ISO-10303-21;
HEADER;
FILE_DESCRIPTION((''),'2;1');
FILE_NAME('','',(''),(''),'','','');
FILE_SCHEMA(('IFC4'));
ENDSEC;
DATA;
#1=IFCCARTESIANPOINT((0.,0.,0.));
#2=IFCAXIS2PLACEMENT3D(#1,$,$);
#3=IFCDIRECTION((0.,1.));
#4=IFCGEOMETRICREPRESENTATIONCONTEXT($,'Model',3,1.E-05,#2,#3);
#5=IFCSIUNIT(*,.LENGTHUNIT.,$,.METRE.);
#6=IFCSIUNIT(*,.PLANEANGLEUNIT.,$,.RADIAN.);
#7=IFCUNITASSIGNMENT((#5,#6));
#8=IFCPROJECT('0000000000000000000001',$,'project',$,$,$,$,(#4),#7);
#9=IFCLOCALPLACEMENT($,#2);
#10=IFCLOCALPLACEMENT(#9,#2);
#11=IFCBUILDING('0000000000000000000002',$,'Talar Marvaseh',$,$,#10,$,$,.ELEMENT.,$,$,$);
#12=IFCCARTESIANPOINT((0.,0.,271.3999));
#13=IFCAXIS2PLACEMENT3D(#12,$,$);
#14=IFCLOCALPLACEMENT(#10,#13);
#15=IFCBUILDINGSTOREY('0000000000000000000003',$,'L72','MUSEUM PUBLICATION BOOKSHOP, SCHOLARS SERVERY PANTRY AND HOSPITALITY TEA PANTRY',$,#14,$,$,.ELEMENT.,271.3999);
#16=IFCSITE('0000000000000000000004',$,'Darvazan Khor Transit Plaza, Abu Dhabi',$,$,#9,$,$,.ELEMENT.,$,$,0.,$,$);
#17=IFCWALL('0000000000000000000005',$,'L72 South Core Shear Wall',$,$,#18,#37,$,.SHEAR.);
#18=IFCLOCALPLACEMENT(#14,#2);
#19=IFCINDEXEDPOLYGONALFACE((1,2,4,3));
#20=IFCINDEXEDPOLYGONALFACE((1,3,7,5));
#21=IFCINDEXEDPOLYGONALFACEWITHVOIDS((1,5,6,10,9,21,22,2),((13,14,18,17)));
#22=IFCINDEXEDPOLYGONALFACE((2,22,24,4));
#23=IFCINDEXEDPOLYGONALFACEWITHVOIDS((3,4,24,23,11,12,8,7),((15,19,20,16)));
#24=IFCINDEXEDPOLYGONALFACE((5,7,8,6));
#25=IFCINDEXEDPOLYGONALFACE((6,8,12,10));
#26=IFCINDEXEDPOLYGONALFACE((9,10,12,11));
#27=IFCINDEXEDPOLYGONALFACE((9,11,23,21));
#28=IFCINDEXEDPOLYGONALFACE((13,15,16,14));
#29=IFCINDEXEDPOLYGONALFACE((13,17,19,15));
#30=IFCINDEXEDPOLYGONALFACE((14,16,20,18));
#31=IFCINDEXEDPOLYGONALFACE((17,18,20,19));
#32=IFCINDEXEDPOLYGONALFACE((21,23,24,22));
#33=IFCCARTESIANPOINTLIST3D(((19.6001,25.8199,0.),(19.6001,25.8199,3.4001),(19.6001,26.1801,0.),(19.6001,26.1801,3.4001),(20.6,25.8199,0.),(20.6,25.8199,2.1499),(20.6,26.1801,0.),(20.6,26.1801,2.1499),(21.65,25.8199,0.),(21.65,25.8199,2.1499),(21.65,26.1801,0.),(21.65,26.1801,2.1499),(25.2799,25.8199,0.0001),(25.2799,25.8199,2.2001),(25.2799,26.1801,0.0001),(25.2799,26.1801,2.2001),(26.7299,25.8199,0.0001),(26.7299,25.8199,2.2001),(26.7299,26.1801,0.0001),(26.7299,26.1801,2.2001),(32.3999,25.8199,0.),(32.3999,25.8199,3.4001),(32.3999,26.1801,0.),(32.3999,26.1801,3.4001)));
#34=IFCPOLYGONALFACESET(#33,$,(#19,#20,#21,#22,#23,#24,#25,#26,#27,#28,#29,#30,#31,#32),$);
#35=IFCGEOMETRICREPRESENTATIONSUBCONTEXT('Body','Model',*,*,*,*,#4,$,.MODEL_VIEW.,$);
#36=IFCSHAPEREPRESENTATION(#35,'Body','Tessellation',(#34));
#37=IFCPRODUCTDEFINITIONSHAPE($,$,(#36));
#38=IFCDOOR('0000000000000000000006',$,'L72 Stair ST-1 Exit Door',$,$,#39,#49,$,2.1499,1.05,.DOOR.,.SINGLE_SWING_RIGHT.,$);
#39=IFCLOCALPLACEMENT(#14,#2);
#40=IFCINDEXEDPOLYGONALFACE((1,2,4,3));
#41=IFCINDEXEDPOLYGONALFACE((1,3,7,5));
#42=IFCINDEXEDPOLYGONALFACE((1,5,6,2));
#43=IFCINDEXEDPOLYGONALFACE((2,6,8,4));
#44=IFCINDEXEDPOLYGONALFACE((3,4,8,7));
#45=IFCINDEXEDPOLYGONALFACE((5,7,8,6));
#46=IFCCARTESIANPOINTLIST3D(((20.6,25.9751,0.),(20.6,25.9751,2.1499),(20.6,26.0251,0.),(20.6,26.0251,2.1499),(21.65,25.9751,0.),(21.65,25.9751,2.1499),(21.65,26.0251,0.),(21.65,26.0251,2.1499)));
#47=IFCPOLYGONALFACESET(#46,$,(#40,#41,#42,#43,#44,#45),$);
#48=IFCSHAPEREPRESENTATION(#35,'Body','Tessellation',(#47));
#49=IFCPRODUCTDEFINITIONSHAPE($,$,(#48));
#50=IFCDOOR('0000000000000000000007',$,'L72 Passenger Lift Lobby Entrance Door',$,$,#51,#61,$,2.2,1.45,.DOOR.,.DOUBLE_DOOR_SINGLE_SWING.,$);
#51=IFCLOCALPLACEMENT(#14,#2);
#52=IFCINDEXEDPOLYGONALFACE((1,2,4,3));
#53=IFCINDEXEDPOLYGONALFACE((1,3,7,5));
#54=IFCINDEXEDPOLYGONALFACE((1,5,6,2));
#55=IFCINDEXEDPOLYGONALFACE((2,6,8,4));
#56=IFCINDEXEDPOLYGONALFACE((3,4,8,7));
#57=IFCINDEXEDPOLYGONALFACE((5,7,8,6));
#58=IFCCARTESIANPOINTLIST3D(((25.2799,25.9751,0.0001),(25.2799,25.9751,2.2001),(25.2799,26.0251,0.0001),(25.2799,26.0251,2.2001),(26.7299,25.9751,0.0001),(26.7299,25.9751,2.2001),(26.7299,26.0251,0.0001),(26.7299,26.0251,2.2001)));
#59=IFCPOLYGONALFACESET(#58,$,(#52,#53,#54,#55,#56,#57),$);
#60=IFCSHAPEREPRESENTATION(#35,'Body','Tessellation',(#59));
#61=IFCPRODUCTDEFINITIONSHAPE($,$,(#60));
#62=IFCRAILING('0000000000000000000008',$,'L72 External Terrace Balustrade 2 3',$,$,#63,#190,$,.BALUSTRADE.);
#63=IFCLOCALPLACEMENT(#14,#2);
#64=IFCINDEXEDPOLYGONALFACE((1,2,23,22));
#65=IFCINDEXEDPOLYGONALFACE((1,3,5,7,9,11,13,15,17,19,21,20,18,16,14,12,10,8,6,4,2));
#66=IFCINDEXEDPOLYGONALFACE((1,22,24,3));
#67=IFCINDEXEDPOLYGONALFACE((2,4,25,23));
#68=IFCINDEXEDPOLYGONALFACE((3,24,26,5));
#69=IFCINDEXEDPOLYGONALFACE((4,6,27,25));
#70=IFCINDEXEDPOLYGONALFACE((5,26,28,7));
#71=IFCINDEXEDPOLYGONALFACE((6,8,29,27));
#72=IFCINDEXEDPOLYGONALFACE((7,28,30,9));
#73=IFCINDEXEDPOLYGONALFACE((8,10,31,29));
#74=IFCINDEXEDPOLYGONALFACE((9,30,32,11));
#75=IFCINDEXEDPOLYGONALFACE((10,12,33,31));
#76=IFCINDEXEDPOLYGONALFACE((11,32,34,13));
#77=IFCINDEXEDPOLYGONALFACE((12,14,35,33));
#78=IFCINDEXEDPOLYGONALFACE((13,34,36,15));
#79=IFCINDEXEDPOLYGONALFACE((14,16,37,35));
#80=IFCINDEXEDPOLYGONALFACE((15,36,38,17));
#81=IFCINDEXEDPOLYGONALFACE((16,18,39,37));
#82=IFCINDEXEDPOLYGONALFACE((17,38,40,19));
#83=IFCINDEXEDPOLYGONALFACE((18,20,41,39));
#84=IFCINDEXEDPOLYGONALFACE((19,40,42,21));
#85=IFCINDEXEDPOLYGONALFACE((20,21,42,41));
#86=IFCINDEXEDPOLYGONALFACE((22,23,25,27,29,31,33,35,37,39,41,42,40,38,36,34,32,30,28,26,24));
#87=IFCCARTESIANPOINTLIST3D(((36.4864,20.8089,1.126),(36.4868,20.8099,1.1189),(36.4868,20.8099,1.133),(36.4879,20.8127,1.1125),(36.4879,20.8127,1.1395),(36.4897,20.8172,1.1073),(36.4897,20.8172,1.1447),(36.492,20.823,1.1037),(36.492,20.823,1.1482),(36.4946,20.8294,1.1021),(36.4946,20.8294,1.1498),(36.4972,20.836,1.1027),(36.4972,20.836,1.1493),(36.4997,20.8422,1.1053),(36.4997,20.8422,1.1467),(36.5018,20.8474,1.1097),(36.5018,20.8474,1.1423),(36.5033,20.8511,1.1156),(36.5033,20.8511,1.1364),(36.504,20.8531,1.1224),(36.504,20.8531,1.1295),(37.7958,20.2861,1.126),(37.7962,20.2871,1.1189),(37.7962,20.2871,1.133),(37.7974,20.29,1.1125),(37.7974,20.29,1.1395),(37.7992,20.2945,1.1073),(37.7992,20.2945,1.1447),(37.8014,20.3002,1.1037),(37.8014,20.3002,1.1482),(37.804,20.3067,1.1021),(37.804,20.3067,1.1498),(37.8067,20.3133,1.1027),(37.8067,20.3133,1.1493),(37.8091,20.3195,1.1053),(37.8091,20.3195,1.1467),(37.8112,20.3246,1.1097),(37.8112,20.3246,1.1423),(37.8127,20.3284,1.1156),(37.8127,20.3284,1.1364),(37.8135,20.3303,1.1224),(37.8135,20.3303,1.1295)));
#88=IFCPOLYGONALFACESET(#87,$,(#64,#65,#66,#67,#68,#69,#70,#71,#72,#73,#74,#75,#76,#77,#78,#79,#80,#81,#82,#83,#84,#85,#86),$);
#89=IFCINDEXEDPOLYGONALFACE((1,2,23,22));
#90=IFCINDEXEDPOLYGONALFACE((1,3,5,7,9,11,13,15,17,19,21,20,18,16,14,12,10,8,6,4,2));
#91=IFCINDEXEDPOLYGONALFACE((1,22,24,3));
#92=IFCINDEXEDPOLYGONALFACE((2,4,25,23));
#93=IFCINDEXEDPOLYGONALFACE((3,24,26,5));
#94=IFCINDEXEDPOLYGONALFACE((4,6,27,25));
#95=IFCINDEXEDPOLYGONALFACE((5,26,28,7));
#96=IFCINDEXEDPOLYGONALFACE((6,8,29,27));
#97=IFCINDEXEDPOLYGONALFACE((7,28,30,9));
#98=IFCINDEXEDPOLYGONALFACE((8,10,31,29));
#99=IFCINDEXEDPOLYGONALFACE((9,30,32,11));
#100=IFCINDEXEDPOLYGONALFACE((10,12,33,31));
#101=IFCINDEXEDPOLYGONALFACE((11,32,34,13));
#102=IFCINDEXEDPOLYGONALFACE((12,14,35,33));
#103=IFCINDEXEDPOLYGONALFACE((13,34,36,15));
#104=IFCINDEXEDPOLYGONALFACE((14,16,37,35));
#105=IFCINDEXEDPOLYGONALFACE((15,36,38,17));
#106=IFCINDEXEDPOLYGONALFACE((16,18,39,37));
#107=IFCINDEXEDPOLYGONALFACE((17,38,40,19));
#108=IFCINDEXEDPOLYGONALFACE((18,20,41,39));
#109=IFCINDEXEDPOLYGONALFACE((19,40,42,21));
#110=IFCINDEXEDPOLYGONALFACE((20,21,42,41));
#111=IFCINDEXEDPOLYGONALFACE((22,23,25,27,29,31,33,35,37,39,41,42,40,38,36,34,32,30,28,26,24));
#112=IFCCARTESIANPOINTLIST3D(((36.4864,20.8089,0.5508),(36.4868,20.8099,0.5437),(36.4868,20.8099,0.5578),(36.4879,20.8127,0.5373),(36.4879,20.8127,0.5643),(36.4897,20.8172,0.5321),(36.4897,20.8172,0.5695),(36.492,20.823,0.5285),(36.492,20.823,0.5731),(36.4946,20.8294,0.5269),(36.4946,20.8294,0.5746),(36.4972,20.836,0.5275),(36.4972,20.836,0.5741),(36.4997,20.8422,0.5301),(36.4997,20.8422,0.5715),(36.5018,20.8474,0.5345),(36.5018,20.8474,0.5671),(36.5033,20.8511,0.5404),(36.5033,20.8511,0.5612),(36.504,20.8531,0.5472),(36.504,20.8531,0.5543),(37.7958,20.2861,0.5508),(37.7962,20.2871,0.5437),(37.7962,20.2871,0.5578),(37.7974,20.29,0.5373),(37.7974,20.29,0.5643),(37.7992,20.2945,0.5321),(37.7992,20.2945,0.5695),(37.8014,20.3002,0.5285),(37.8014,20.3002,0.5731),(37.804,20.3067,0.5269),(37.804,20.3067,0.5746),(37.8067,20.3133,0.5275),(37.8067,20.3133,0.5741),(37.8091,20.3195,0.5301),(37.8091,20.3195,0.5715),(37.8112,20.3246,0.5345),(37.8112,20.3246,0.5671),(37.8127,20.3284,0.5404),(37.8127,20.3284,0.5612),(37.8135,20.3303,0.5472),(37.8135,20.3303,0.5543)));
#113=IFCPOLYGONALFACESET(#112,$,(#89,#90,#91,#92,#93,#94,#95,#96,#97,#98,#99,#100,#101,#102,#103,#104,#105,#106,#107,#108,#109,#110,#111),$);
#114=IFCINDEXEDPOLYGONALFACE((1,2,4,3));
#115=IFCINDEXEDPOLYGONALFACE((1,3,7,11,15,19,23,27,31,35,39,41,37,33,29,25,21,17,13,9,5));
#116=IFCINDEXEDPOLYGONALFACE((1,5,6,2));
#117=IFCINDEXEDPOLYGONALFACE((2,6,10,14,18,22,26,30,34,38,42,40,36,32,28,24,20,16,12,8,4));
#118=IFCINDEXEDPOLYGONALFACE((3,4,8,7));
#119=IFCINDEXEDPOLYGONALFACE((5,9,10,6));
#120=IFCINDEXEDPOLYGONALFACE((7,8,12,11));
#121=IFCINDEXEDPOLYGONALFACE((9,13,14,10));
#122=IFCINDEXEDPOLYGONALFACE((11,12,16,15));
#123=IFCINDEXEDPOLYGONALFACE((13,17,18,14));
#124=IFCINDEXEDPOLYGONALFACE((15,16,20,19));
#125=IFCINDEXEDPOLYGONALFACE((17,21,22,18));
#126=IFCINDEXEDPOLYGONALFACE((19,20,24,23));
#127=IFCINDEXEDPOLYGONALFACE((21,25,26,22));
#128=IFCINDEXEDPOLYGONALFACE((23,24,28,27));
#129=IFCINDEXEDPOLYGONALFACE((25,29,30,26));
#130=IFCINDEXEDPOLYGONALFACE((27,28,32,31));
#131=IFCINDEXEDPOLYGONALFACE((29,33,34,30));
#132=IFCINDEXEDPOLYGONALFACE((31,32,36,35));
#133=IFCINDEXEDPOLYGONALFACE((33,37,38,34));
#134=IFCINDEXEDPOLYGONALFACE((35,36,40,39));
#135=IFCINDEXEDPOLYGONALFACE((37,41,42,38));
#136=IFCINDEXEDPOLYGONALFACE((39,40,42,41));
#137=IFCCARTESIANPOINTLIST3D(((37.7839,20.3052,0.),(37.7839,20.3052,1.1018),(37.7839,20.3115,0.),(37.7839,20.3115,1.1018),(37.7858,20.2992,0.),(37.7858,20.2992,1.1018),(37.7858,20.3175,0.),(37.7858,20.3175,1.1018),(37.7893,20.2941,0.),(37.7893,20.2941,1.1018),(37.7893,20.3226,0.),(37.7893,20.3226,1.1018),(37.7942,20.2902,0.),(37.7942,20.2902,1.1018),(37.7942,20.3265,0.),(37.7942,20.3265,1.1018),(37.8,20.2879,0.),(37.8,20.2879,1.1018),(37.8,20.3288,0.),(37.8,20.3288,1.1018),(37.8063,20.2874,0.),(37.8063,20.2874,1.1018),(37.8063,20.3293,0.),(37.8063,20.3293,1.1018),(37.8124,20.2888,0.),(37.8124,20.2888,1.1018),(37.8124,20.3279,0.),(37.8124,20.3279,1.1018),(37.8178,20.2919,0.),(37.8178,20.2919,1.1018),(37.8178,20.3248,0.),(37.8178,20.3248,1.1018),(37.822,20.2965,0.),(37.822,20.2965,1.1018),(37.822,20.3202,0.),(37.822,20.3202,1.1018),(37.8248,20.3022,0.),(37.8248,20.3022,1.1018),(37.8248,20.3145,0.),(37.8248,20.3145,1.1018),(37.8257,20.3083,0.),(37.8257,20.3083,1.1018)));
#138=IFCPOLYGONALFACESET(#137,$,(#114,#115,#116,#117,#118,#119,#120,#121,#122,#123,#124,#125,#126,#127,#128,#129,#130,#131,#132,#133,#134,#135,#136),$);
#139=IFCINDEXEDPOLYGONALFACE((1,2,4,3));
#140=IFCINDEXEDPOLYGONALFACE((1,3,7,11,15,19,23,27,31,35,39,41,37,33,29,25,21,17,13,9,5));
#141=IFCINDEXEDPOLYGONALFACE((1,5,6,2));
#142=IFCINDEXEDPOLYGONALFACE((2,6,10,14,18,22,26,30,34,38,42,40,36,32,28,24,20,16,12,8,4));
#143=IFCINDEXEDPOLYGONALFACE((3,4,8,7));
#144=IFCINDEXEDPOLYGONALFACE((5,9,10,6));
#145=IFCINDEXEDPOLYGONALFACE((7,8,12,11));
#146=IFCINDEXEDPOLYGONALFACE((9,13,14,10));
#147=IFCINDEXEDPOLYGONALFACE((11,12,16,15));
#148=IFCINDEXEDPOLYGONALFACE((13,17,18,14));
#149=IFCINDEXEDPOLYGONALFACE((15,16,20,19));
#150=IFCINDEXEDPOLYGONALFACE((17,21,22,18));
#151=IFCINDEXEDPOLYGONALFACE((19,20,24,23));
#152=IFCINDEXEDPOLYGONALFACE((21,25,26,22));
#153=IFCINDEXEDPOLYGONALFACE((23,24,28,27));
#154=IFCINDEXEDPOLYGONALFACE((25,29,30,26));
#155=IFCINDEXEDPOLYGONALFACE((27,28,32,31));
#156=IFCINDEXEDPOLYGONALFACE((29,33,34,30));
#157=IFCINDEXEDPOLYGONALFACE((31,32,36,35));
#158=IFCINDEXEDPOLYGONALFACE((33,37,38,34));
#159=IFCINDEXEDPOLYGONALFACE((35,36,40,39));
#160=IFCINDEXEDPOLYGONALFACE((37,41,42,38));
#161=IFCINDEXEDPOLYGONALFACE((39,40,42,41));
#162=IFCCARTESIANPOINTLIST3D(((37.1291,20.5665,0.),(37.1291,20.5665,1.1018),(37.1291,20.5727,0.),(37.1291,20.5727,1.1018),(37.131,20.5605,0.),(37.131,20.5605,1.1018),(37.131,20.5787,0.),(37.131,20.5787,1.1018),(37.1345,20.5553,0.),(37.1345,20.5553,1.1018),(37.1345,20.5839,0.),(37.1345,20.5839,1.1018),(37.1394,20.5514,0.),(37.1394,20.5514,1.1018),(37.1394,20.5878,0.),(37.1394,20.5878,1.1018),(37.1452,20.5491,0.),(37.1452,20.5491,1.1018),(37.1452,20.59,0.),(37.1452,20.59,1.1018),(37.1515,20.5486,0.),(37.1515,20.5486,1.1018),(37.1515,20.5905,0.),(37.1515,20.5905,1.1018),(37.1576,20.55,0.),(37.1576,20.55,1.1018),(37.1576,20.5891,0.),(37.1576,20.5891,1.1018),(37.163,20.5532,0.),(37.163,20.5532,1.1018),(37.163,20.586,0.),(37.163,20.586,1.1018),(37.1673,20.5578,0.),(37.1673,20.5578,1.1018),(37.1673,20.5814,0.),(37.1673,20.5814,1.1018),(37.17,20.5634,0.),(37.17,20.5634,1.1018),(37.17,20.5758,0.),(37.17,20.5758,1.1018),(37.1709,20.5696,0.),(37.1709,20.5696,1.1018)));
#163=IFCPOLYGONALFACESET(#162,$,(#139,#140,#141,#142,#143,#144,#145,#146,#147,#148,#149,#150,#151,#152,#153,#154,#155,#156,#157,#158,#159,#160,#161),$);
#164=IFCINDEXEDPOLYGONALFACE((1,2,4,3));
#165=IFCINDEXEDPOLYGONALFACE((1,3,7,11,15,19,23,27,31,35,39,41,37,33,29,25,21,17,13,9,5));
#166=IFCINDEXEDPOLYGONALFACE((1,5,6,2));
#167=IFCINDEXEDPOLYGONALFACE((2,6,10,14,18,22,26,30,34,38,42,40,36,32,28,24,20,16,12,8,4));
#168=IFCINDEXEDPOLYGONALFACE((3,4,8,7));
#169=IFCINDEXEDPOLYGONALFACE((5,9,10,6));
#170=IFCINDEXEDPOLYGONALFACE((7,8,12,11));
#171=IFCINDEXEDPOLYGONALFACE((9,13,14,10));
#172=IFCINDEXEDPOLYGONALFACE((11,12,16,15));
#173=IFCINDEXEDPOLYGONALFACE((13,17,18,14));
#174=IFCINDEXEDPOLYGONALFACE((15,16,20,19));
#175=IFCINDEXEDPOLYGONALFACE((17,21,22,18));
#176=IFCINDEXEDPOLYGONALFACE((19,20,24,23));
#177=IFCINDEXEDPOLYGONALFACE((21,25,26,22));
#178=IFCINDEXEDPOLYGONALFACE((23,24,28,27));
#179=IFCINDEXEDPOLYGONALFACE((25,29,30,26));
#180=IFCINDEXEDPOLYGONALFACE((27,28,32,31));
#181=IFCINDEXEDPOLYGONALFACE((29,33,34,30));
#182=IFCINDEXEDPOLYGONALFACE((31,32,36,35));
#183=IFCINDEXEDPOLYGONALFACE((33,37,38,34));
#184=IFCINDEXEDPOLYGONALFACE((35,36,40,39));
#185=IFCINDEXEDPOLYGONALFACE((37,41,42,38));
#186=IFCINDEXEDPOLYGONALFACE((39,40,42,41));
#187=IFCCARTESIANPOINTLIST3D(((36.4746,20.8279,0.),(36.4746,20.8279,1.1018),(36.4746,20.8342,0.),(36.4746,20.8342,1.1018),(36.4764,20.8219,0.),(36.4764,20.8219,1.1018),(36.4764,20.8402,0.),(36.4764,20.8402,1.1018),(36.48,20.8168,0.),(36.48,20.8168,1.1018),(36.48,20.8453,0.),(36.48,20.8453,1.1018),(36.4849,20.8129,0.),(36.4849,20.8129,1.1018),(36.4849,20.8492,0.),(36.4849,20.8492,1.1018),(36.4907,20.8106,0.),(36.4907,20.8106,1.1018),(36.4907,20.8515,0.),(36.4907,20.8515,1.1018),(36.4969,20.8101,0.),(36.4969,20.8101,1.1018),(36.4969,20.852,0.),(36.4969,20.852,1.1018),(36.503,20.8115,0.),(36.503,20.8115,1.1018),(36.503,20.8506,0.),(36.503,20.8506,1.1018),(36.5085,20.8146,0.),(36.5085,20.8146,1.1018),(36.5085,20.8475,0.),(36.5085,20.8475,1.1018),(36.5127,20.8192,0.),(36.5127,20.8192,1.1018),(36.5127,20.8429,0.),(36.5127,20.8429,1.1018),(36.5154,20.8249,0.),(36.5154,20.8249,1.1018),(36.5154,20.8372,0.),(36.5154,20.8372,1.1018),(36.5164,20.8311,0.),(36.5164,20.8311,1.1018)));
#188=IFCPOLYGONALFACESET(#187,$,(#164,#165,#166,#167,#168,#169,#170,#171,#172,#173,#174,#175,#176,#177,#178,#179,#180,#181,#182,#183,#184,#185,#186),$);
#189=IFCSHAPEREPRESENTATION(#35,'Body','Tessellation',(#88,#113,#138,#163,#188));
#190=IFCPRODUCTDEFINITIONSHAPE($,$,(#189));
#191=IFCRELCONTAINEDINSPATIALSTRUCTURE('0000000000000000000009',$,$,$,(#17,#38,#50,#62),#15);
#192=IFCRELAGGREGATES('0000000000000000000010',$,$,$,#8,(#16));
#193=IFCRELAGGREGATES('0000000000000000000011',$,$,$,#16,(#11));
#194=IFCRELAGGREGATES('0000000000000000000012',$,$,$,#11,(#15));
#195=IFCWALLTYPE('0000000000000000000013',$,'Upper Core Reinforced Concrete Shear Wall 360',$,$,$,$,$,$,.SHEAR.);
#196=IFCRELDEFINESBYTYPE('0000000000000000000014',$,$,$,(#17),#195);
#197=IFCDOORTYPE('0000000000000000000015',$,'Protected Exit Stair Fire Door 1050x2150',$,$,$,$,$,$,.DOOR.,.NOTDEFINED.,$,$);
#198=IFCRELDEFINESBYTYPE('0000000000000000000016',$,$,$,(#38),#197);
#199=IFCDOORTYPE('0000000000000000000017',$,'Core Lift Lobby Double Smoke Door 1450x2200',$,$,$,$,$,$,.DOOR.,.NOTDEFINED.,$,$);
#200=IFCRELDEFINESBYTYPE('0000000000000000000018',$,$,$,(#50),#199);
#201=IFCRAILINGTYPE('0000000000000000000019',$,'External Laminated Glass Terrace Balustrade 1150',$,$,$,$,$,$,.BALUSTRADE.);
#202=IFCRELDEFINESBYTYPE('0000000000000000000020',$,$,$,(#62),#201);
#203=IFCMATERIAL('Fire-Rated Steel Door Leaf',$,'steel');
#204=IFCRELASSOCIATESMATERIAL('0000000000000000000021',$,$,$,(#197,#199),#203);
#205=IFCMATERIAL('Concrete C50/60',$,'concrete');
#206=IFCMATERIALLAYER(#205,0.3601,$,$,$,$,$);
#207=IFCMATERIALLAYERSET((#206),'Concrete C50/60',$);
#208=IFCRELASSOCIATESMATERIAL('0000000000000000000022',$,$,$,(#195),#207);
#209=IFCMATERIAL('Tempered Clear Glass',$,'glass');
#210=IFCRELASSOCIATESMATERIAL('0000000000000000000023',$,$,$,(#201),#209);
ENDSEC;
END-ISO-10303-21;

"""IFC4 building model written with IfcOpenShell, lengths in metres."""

from ifc_helpers import new_model, si_unit, direction, frame, frame_2d, origin, origin_2d, place, context, subcontext, project, spatial, rectangle, circle, extrude, source, transform, mapped, material, layer, layer_set, type_object, type_shapes, element, fill, save


model = new_model("IFC4")

# Units and contexts
model_context = context("Model", 3, precision=1e-05, world=origin(), true_north=direction((0.0, 1.0)))
body_context = subcontext(model_context, "Body", "Model", "MODEL_VIEW")
ifc_project = project(units=[si_unit("LENGTHUNIT", "METRE"), si_unit("PLANEANGLEUNIT", "RADIAN")], contexts=[model_context])

# Site, building, storey
site_placement = place(None, origin())
site = spatial("IfcSite", under=ifc_project, at=site_placement, Name="Darvazan Khor Transit Plaza, Abu Dhabi", CompositionType="ELEMENT", RefElevation=0.0)
building_placement = place(site_placement, origin())
building = spatial("IfcBuilding", under=site, at=building_placement, Name="Talar Marvaseh", CompositionType="ELEMENT")
storey_placement = place(building_placement, frame((0.0, 0.0, 271.3999)))
storey = spatial("IfcBuildingStorey", under=building, at=storey_placement, Name="L72", Description="MUSEUM PUBLICATION BOOKSHOP, SCHOLARS SERVERY PANTRY AND HOSPITALITY TEA PANTRY", CompositionType="ELEMENT", Elevation=271.3999)

# Shared definitions
ifc_material_1 = material(Name="Concrete C50/60", Category="concrete")

# Shared definitions
ifc_material_2 = material(Name="Fire-Rated Steel Door Leaf", Category="steel")
door_type_1 = type_object("IfcDoorType", Name="Protected Exit Stair Fire Door 1050x2150", OperationType="NOTDEFINED", PredefinedType="DOOR", material=ifc_material_2)
shared_shape_1 = source(origin(), body_context, "Body", "SweptSolid", [
    extrude(rectangle(XDim=1.05, YDim=2.1499, at=frame_2d((0.5249, 1.075))), frame((0.0, 0.0249, 0.0), z_axis=(0.0, -1.0, 0.0), x_axis=(1.0, 0.0, 0.0)), (0.0, 0.0, 1.0), 0.05),
])
type_shapes(door_type_1, [shared_shape_1])

# Wall, openings, doors
ifc_layer_1 = layer(ifc_material_1, 0.3601)
ifc_layer_set_1 = layer_set([ifc_layer_1], Name="Concrete C50/60")
wall_type_1 = type_object("IfcWallType", Name="Upper Core Reinforced Concrete Shear Wall 360", PredefinedType="SHEAR", material=ifc_layer_set_1)
wall_1_placement = place(storey_placement, frame((32.3999, 26.0, 0.0), z_axis=(0.0, 0.0, 1.0), x_axis=(-1.0, 0.0, 0.0)))
wall_1 = element("IfcWall", 1, at=wall_1_placement, inside=storey, type_object=wall_type_1, Name="L72 South Core Shear Wall", PredefinedType="SHEAR", context=body_context, shape_type="SweptSolid", body=[
    extrude(rectangle(XDim=12.7998, YDim=0.3601, at=frame_2d((6.3999, 0.0))), origin(), (0.0, 0.0, 1.0), 3.4001),
])
opening_1_placement = place(wall_1_placement, frame((10.75, 0.0, 0.0)))
opening_1 = element("IfcOpeningElement", 2, at=opening_1_placement, cuts=wall_1, PredefinedType="OPENING", context=body_context, shape_type="SweptSolid", body=[
    extrude(rectangle(XDim=1.05, YDim=2.1499, at=frame_2d((0.5249, 1.075))), frame((0.0, 0.1899, 0.0), z_axis=(0.0, -1.0, 0.0), x_axis=(1.0, 0.0, 0.0)), (0.0, 0.0, 1.0), 0.3801),
])
opening_2_placement = place(wall_1_placement, frame((5.6699, 0.0, 0.0)))
opening_2 = element("IfcOpeningElement", 3, at=opening_2_placement, cuts=wall_1, PredefinedType="OPENING", context=body_context, shape_type="SweptSolid", body=[
    extrude(rectangle(XDim=1.45, YDim=2.2, at=frame_2d((0.7251, 1.1001))), frame((0.0, 0.1899, 0.0), z_axis=(0.0, -1.0, 0.0), x_axis=(1.0, 0.0, 0.0)), (0.0, 0.0, 1.0), 0.3801),
])
door_1_placement = place(opening_1_placement, origin())
door_1 = element("IfcDoor", 4, at=door_1_placement, inside=storey, type_object=door_type_1, Name="L72 Stair ST-1 Exit Door", OperationType="SINGLE_SWING_RIGHT", OverallHeight=2.1499, OverallWidth=1.05, PredefinedType="DOOR", context=body_context, shape_type="MappedRepresentation", body=[
    mapped(shared_shape_1, transform((0.0, 0.0, 0.0), x_axis=(1.0, 0.0, 0.0), y_axis=(0.0, 1.0, 0.0), z_axis=(0.0, 0.0, 1.0), scale=1.0)),
])
fill(opening_1, door_1)
door_type_2 = type_object("IfcDoorType", Name="Core Lift Lobby Double Smoke Door 1450x2200", OperationType="NOTDEFINED", PredefinedType="DOOR", material=ifc_material_2)
shared_shape_2 = source(origin(), body_context, "Body", "SweptSolid", [
    extrude(rectangle(XDim=1.45, YDim=2.2, at=frame_2d((0.7251, 1.1001))), frame((0.0, 0.0249, 0.0), z_axis=(0.0, -1.0, 0.0), x_axis=(1.0, 0.0, 0.0)), (0.0, 0.0, 1.0), 0.05),
])
type_shapes(door_type_2, [shared_shape_2])
door_2_placement = place(opening_2_placement, origin())
door_2 = element("IfcDoor", 5, at=door_2_placement, inside=storey, type_object=door_type_2, Name="L72 Passenger Lift Lobby Entrance Door", OperationType="DOUBLE_DOOR_SINGLE_SWING", OverallHeight=2.2, OverallWidth=1.45, PredefinedType="DOOR", context=body_context, shape_type="MappedRepresentation", body=[
    mapped(shared_shape_2, transform((0.0, 0.0, 0.0), x_axis=(1.0, 0.0, 0.0), y_axis=(0.0, 1.0, 0.0), z_axis=(0.0, 0.0, 1.0), scale=1.0)),
])
fill(opening_2, door_2)

# Railing
ifc_material_3 = material(Name="Tempered Clear Glass", Category="glass")
railing_type = type_object("IfcRailingType", Name="External Laminated Glass Terrace Balustrade 1150", PredefinedType="BALUSTRADE", material=ifc_material_3)
railing_placement = place(storey_placement, frame((37.8047, 20.3083, 0.0)))
element("IfcRailing", 6, at=railing_placement, inside=storey, type_object=railing_type, Name="L72 External Terrace Balustrade 2 3", PredefinedType="BALUSTRADE", context=body_context, shape_type="SweptSolid", body=[
    extrude(circle(Radius=0.0239, at=origin_2d()), frame((0.0, 0.0, 1.126), z_axis=(-0.928727, 0.370764, 0.0), x_axis=(-0.370764, -0.928727, 0.0)), (0.0, 0.0, 1.0), 1.4099),
    extrude(circle(Radius=0.0239, at=origin_2d()), frame((0.0, 0.0, 0.5508), z_axis=(-0.928727, 0.370764, 0.0), x_axis=(-0.370764, -0.928727, 0.0)), (0.0, 0.0, 1.0), 1.4099),
    extrude(circle(Radius=0.021, at=origin_2d()), origin(), (0.0, 0.0, 1.0), 1.1018),
    extrude(circle(Radius=0.021, at=origin_2d()), frame((-0.6548, 0.2612, 0.0)), (0.0, 0.0, 1.0), 1.1018),
    extrude(circle(Radius=0.021, at=origin_2d()), frame((-1.3093, 0.5227, 0.0)), (0.0, 0.0, 1.0), 1.1018),
])

save(model, "model.ifc")
